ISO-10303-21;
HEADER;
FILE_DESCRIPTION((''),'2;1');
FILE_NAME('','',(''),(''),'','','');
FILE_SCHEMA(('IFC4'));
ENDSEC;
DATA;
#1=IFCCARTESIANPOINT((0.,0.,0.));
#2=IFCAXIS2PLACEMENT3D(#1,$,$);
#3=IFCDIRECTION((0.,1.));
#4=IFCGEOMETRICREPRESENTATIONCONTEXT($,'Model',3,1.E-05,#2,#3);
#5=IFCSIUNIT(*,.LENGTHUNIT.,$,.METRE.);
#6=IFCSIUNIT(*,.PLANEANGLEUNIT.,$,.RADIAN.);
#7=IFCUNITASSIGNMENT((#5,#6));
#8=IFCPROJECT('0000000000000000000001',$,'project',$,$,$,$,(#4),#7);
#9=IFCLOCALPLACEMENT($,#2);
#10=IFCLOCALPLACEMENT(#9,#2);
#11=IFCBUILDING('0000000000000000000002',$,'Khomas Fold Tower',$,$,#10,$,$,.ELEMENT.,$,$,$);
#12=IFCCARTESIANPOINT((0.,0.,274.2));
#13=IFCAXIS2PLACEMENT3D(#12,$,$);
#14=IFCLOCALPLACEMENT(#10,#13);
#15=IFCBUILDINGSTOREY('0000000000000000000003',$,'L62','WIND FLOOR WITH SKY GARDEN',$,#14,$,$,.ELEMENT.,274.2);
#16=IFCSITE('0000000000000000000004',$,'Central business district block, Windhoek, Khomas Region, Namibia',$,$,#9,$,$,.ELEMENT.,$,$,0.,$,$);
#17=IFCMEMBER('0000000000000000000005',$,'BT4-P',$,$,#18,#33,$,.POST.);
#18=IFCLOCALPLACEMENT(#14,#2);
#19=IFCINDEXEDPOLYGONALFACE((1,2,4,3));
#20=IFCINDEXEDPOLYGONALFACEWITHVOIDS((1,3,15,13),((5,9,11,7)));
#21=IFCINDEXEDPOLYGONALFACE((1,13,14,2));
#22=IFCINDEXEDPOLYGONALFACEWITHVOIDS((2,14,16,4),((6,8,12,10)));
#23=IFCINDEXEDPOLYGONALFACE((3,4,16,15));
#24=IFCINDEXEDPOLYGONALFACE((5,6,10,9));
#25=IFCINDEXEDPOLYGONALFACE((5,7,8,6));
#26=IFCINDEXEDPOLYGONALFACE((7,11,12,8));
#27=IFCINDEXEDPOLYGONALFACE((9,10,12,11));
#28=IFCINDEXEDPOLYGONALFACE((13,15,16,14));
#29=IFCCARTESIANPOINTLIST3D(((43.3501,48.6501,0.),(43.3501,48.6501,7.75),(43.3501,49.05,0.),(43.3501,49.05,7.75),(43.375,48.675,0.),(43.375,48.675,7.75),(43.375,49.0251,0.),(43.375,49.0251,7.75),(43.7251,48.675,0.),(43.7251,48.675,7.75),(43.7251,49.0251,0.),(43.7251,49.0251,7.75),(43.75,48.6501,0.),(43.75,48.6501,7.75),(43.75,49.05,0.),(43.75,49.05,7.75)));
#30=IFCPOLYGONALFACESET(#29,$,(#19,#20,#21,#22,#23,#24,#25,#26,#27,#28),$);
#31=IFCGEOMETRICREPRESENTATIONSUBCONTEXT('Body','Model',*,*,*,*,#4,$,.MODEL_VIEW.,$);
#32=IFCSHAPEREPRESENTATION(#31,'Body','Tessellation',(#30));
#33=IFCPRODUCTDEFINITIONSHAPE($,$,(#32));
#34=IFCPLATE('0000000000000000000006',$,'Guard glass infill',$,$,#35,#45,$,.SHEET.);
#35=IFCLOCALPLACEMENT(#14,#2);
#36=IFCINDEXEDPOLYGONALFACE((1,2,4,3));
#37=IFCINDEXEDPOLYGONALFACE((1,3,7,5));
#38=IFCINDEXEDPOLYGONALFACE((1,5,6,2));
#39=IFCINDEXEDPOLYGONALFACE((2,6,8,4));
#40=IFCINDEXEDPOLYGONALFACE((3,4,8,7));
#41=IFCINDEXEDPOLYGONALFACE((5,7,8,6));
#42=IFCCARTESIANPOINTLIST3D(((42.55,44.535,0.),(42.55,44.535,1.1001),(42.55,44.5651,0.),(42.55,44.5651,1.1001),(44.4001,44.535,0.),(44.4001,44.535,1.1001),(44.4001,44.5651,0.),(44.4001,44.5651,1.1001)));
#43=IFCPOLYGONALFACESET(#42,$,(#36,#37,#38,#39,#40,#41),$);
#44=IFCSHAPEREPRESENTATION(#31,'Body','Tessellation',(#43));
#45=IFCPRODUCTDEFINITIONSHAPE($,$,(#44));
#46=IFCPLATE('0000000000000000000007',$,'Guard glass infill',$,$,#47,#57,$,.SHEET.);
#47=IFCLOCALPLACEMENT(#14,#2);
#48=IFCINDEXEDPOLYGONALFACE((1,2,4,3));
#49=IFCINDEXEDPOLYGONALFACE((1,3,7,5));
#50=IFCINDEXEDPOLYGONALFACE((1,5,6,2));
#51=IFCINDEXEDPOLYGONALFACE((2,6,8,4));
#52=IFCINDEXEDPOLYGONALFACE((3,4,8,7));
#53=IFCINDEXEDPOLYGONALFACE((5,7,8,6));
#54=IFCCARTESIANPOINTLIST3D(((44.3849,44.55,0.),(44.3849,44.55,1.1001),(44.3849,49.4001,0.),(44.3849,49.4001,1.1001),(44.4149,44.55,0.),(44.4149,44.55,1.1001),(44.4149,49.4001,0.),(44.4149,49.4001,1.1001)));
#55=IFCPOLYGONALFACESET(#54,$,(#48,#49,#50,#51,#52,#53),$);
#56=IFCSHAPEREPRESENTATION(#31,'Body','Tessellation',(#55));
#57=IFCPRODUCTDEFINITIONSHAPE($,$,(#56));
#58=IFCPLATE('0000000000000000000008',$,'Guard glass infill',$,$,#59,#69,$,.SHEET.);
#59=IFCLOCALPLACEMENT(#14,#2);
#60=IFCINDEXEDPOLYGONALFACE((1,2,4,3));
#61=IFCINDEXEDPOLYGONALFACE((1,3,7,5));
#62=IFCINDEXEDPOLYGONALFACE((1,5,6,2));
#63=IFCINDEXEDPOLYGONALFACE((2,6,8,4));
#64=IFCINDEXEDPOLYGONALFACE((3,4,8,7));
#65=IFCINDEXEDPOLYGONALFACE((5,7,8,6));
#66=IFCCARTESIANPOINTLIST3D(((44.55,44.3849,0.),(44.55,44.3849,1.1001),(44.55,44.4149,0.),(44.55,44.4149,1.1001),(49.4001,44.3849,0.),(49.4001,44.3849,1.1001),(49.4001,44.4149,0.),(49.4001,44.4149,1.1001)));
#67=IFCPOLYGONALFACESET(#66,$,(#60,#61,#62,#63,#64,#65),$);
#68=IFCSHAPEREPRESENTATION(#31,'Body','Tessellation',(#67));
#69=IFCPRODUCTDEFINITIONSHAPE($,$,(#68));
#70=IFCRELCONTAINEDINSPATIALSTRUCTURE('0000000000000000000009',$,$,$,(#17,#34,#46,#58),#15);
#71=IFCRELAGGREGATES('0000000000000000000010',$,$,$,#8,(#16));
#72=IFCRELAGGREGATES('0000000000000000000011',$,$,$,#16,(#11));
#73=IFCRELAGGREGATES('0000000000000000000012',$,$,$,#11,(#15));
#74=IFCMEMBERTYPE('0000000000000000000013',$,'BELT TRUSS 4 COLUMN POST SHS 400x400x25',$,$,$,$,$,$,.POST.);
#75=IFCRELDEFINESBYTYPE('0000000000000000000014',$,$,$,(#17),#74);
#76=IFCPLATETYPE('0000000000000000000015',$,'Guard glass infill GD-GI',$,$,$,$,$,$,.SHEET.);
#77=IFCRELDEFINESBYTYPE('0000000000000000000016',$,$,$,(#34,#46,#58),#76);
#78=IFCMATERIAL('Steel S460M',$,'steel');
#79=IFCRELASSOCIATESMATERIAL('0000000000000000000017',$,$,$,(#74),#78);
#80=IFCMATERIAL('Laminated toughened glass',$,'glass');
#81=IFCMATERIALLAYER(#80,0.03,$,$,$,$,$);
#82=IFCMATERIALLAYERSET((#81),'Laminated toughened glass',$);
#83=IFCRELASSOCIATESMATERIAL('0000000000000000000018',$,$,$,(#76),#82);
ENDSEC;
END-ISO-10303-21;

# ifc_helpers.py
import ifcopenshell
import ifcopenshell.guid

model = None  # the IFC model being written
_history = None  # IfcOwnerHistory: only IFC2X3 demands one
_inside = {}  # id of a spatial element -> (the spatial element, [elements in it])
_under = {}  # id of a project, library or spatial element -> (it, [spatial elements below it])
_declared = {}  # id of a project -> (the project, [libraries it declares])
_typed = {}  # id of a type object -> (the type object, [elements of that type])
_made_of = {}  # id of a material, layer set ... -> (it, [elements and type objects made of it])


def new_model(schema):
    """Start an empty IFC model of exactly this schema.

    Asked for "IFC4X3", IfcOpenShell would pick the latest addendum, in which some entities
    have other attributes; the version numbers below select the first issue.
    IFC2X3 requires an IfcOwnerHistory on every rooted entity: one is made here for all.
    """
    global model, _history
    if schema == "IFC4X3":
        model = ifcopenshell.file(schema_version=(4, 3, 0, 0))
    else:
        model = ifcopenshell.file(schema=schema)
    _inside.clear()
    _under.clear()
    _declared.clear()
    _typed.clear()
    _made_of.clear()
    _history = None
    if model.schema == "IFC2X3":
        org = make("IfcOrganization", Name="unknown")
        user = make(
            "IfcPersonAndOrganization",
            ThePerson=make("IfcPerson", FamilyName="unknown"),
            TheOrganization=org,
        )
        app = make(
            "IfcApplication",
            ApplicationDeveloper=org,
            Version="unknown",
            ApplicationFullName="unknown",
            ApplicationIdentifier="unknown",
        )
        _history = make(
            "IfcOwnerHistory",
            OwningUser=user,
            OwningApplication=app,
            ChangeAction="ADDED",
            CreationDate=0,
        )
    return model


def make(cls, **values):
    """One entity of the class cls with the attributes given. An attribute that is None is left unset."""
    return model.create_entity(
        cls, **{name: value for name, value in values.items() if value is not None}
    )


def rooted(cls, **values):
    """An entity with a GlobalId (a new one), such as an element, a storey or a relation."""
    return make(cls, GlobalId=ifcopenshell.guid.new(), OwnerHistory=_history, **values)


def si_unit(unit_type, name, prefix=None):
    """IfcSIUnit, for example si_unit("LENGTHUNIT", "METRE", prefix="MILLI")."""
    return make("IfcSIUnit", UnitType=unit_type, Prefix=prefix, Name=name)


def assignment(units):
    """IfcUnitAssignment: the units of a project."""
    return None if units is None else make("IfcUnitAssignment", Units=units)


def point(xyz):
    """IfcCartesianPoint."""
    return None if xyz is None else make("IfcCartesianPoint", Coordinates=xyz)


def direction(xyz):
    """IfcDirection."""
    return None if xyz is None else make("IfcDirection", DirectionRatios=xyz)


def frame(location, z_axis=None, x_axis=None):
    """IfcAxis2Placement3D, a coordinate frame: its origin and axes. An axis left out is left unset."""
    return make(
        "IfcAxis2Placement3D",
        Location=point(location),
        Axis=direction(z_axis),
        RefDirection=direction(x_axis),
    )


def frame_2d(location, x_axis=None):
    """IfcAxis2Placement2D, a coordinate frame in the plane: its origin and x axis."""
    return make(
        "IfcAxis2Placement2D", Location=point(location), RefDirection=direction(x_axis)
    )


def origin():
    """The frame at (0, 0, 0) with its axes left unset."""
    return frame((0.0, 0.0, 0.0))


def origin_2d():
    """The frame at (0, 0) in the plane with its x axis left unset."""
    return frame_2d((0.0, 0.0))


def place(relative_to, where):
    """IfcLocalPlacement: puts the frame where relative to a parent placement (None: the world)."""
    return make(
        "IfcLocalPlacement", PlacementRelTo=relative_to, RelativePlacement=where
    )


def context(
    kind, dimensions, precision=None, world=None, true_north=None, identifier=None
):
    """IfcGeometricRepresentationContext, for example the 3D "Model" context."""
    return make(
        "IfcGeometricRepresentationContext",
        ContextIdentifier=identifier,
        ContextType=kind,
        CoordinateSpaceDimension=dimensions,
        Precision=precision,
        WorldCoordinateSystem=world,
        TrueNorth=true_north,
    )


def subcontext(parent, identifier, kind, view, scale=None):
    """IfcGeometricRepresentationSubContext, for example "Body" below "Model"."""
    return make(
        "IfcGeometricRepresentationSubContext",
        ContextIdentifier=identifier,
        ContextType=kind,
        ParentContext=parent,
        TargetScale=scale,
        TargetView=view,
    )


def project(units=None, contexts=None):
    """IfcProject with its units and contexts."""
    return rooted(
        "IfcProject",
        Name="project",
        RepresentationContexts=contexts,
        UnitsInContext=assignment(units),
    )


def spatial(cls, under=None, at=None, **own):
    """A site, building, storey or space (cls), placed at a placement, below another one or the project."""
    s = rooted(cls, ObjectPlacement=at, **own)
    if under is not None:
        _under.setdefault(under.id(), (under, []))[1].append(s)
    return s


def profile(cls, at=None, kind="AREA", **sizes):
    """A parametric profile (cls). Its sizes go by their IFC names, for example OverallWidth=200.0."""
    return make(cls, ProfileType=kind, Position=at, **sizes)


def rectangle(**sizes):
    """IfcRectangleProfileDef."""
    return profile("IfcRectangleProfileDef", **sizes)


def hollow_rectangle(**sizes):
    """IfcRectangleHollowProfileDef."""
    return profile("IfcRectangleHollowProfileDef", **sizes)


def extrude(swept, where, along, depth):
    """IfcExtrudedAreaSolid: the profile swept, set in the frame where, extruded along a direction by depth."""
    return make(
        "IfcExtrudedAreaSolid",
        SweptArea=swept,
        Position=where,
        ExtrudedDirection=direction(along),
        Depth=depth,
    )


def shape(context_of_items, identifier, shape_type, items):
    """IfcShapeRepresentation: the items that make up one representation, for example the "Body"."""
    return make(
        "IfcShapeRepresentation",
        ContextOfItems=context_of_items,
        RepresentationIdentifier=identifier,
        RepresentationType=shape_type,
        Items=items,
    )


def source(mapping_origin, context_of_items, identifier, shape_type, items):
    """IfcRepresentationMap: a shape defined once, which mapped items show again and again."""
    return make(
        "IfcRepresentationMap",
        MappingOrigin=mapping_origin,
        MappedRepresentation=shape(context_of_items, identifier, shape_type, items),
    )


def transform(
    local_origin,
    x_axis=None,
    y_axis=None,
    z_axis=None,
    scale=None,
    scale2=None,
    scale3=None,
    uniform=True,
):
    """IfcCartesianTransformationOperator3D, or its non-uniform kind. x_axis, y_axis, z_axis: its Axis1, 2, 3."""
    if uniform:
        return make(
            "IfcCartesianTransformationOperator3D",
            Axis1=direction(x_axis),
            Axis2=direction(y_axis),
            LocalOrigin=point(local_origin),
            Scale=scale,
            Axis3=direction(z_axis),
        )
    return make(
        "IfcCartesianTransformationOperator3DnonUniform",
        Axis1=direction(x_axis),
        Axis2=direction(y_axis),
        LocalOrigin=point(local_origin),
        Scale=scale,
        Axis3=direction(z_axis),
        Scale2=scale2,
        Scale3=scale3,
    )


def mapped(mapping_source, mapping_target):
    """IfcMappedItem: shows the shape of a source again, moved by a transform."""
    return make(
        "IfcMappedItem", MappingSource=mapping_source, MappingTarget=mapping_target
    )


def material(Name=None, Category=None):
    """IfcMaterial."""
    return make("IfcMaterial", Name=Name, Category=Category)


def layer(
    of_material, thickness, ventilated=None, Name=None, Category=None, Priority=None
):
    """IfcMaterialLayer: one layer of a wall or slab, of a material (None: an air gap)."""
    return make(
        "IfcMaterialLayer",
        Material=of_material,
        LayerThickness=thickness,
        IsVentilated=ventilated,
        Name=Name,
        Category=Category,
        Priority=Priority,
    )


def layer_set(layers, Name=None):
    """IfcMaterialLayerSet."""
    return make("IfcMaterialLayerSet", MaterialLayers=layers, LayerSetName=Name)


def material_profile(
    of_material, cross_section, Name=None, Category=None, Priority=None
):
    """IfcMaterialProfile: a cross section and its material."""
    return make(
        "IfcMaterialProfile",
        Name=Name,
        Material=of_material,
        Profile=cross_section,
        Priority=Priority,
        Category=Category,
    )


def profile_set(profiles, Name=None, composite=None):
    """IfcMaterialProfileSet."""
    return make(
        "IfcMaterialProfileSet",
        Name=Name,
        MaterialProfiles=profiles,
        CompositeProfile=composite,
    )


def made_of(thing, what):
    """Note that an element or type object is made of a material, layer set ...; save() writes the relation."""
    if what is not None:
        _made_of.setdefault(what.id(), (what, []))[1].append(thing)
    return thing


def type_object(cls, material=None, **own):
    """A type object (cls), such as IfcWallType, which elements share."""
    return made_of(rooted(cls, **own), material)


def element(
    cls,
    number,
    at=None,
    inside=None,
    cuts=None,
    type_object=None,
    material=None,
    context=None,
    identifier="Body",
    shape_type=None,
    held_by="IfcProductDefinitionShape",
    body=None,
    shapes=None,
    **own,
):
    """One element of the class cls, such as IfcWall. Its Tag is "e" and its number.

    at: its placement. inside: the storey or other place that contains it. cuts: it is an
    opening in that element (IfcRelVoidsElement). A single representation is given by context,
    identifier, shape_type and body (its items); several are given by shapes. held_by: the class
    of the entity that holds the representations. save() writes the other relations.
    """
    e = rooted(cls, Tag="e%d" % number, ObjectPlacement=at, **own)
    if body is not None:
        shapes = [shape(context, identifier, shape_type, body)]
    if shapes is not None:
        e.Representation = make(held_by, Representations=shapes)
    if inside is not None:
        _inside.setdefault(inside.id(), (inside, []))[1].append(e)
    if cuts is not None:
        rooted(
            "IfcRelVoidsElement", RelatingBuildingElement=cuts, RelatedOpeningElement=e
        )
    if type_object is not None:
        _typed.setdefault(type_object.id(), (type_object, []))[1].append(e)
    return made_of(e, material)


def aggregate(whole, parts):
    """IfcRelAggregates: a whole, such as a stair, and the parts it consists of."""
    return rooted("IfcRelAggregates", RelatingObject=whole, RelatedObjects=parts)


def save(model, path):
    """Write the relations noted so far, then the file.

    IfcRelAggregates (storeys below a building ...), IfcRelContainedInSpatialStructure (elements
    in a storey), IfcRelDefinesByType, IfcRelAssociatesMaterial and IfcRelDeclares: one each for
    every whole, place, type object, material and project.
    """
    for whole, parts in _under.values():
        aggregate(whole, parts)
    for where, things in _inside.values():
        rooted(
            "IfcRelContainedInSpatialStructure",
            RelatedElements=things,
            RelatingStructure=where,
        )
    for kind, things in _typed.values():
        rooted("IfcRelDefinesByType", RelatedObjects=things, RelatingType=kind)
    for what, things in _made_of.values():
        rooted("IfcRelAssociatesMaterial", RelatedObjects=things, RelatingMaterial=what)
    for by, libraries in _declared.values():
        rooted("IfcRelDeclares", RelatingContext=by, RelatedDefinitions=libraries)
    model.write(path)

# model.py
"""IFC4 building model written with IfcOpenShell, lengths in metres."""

from ifc_helpers import new_model, si_unit, direction, frame, origin, origin_2d, place, context, subcontext, project, spatial, rectangle, hollow_rectangle, extrude, source, transform, mapped, material, layer, layer_set, material_profile, profile_set, type_object, element, save


model = new_model("IFC4")

# Units and contexts
model_context = context("Model", 3, precision=1e-05, world=origin(), true_north=direction((0.0, 1.0)))
body_context = subcontext(model_context, "Body", "Model", "MODEL_VIEW")
ifc_project = project(units=[si_unit("LENGTHUNIT", "METRE"), si_unit("PLANEANGLEUNIT", "RADIAN")], contexts=[model_context])

# Site, building, storey
site_placement = place(None, origin())
site = spatial("IfcSite", under=ifc_project, at=site_placement, Name="Central business district block, Windhoek, Khomas Region, Namibia", CompositionType="ELEMENT", RefElevation=0.0)
building_placement = place(site_placement, origin())
building = spatial("IfcBuilding", under=site, at=building_placement, Name="Khomas Fold Tower", CompositionType="ELEMENT")
storey_placement = place(building_placement, frame((0.0, 0.0, 274.2)))
storey = spatial("IfcBuildingStorey", under=building, at=storey_placement, Name="L62", Description="WIND FLOOR WITH SKY GARDEN", CompositionType="ELEMENT", Elevation=274.2)

# Member
ifc_material_1 = material(Name="Steel S460M", Category="steel")
ifc_material_profile_1 = material_profile(ifc_material_1, hollow_rectangle(XDim=0.3999, YDim=0.3999, WallThickness=0.0249, at=origin_2d()), Name="SHS 400x400x25")
ifc_profile_set_1 = profile_set([ifc_material_profile_1], Name="Steel S460M")
member_type_1 = type_object("IfcMemberType", Name="BELT TRUSS 4 COLUMN POST SHS 400x400x25", PredefinedType="POST", material=ifc_profile_set_1)
shared_shape_1 = source(origin(), body_context, "Body", "SweptSolid", [
    extrude(hollow_rectangle(XDim=0.3999, YDim=0.3999, WallThickness=0.0249, at=origin_2d()), origin(), (0.0, 0.0, 1.0), 7.75),
])
for number, where, z_axis, x_axis, name in (
    (1, (43.55, 48.8501, 0.0), (0.0, 0.0, 1.0), (1.0, 0.0, 0.0), "BT4-P"),
):
    element("IfcMember", number, at=place(storey_placement, frame(where, z_axis=z_axis, x_axis=x_axis)), inside=storey, type_object=member_type_1, Name=name, PredefinedType="POST", context=body_context, shape_type="MappedRepresentation", body=[
        mapped(shared_shape_1, transform((0.0, 0.0, 0.0))),
    ])

# Plates
ifc_material_2 = material(Name="Laminated toughened glass", Category="glass")
ifc_layer_1 = layer(ifc_material_2, 0.03)
ifc_layer_set_1 = layer_set([ifc_layer_1], Name="Laminated toughened glass")
plate_type = type_object("IfcPlateType", Name="Guard glass infill GD-GI", PredefinedType="SHEET", material=ifc_layer_set_1)
shared_shape_2 = source(origin(), body_context, "Body", "SweptSolid", [
    extrude(rectangle(XDim=1.8501, YDim=0.03, at=origin_2d()), origin(), (0.0, 0.0, 1.0), 1.1001),
])
plate_placement = place(storey_placement, frame((43.4751, 44.55, 0.0), z_axis=(0.0, 0.0, 1.0), x_axis=(-1.0, 0.0, 0.0)))
element("IfcPlate", 2, at=plate_placement, inside=storey, type_object=plate_type, Name="Guard glass infill", PredefinedType="SHEET", context=body_context, shape_type="MappedRepresentation", body=[
    mapped(shared_shape_2, transform((0.0, 0.0, 0.0))),
])
shared_shape_3 = source(origin(), body_context, "Body", "SweptSolid", [
    extrude(rectangle(XDim=4.8501, YDim=0.03, at=origin_2d()), origin(), (0.0, 0.0, 1.0), 1.1001),
])
for number, where, z_axis, x_axis, name in (
    (3, (44.3999, 46.9751, 0.0), (0.0, 0.0, 1.0), (0.0, -1.0, 0.0), "Guard glass infill"),
    (4, (46.9751, 44.3999, 0.0), (0.0, 0.0, 1.0), (1.0, 0.0, 0.0), "Guard glass infill"),
):
    element("IfcPlate", number, at=place(storey_placement, frame(where, z_axis=z_axis, x_axis=x_axis)), inside=storey, type_object=plate_type, Name=name, PredefinedType="SHEET", context=body_context, shape_type="MappedRepresentation", body=[
        mapped(shared_shape_3, transform((0.0, 0.0, 0.0))),
    ])

save(model, "model.ifc")
